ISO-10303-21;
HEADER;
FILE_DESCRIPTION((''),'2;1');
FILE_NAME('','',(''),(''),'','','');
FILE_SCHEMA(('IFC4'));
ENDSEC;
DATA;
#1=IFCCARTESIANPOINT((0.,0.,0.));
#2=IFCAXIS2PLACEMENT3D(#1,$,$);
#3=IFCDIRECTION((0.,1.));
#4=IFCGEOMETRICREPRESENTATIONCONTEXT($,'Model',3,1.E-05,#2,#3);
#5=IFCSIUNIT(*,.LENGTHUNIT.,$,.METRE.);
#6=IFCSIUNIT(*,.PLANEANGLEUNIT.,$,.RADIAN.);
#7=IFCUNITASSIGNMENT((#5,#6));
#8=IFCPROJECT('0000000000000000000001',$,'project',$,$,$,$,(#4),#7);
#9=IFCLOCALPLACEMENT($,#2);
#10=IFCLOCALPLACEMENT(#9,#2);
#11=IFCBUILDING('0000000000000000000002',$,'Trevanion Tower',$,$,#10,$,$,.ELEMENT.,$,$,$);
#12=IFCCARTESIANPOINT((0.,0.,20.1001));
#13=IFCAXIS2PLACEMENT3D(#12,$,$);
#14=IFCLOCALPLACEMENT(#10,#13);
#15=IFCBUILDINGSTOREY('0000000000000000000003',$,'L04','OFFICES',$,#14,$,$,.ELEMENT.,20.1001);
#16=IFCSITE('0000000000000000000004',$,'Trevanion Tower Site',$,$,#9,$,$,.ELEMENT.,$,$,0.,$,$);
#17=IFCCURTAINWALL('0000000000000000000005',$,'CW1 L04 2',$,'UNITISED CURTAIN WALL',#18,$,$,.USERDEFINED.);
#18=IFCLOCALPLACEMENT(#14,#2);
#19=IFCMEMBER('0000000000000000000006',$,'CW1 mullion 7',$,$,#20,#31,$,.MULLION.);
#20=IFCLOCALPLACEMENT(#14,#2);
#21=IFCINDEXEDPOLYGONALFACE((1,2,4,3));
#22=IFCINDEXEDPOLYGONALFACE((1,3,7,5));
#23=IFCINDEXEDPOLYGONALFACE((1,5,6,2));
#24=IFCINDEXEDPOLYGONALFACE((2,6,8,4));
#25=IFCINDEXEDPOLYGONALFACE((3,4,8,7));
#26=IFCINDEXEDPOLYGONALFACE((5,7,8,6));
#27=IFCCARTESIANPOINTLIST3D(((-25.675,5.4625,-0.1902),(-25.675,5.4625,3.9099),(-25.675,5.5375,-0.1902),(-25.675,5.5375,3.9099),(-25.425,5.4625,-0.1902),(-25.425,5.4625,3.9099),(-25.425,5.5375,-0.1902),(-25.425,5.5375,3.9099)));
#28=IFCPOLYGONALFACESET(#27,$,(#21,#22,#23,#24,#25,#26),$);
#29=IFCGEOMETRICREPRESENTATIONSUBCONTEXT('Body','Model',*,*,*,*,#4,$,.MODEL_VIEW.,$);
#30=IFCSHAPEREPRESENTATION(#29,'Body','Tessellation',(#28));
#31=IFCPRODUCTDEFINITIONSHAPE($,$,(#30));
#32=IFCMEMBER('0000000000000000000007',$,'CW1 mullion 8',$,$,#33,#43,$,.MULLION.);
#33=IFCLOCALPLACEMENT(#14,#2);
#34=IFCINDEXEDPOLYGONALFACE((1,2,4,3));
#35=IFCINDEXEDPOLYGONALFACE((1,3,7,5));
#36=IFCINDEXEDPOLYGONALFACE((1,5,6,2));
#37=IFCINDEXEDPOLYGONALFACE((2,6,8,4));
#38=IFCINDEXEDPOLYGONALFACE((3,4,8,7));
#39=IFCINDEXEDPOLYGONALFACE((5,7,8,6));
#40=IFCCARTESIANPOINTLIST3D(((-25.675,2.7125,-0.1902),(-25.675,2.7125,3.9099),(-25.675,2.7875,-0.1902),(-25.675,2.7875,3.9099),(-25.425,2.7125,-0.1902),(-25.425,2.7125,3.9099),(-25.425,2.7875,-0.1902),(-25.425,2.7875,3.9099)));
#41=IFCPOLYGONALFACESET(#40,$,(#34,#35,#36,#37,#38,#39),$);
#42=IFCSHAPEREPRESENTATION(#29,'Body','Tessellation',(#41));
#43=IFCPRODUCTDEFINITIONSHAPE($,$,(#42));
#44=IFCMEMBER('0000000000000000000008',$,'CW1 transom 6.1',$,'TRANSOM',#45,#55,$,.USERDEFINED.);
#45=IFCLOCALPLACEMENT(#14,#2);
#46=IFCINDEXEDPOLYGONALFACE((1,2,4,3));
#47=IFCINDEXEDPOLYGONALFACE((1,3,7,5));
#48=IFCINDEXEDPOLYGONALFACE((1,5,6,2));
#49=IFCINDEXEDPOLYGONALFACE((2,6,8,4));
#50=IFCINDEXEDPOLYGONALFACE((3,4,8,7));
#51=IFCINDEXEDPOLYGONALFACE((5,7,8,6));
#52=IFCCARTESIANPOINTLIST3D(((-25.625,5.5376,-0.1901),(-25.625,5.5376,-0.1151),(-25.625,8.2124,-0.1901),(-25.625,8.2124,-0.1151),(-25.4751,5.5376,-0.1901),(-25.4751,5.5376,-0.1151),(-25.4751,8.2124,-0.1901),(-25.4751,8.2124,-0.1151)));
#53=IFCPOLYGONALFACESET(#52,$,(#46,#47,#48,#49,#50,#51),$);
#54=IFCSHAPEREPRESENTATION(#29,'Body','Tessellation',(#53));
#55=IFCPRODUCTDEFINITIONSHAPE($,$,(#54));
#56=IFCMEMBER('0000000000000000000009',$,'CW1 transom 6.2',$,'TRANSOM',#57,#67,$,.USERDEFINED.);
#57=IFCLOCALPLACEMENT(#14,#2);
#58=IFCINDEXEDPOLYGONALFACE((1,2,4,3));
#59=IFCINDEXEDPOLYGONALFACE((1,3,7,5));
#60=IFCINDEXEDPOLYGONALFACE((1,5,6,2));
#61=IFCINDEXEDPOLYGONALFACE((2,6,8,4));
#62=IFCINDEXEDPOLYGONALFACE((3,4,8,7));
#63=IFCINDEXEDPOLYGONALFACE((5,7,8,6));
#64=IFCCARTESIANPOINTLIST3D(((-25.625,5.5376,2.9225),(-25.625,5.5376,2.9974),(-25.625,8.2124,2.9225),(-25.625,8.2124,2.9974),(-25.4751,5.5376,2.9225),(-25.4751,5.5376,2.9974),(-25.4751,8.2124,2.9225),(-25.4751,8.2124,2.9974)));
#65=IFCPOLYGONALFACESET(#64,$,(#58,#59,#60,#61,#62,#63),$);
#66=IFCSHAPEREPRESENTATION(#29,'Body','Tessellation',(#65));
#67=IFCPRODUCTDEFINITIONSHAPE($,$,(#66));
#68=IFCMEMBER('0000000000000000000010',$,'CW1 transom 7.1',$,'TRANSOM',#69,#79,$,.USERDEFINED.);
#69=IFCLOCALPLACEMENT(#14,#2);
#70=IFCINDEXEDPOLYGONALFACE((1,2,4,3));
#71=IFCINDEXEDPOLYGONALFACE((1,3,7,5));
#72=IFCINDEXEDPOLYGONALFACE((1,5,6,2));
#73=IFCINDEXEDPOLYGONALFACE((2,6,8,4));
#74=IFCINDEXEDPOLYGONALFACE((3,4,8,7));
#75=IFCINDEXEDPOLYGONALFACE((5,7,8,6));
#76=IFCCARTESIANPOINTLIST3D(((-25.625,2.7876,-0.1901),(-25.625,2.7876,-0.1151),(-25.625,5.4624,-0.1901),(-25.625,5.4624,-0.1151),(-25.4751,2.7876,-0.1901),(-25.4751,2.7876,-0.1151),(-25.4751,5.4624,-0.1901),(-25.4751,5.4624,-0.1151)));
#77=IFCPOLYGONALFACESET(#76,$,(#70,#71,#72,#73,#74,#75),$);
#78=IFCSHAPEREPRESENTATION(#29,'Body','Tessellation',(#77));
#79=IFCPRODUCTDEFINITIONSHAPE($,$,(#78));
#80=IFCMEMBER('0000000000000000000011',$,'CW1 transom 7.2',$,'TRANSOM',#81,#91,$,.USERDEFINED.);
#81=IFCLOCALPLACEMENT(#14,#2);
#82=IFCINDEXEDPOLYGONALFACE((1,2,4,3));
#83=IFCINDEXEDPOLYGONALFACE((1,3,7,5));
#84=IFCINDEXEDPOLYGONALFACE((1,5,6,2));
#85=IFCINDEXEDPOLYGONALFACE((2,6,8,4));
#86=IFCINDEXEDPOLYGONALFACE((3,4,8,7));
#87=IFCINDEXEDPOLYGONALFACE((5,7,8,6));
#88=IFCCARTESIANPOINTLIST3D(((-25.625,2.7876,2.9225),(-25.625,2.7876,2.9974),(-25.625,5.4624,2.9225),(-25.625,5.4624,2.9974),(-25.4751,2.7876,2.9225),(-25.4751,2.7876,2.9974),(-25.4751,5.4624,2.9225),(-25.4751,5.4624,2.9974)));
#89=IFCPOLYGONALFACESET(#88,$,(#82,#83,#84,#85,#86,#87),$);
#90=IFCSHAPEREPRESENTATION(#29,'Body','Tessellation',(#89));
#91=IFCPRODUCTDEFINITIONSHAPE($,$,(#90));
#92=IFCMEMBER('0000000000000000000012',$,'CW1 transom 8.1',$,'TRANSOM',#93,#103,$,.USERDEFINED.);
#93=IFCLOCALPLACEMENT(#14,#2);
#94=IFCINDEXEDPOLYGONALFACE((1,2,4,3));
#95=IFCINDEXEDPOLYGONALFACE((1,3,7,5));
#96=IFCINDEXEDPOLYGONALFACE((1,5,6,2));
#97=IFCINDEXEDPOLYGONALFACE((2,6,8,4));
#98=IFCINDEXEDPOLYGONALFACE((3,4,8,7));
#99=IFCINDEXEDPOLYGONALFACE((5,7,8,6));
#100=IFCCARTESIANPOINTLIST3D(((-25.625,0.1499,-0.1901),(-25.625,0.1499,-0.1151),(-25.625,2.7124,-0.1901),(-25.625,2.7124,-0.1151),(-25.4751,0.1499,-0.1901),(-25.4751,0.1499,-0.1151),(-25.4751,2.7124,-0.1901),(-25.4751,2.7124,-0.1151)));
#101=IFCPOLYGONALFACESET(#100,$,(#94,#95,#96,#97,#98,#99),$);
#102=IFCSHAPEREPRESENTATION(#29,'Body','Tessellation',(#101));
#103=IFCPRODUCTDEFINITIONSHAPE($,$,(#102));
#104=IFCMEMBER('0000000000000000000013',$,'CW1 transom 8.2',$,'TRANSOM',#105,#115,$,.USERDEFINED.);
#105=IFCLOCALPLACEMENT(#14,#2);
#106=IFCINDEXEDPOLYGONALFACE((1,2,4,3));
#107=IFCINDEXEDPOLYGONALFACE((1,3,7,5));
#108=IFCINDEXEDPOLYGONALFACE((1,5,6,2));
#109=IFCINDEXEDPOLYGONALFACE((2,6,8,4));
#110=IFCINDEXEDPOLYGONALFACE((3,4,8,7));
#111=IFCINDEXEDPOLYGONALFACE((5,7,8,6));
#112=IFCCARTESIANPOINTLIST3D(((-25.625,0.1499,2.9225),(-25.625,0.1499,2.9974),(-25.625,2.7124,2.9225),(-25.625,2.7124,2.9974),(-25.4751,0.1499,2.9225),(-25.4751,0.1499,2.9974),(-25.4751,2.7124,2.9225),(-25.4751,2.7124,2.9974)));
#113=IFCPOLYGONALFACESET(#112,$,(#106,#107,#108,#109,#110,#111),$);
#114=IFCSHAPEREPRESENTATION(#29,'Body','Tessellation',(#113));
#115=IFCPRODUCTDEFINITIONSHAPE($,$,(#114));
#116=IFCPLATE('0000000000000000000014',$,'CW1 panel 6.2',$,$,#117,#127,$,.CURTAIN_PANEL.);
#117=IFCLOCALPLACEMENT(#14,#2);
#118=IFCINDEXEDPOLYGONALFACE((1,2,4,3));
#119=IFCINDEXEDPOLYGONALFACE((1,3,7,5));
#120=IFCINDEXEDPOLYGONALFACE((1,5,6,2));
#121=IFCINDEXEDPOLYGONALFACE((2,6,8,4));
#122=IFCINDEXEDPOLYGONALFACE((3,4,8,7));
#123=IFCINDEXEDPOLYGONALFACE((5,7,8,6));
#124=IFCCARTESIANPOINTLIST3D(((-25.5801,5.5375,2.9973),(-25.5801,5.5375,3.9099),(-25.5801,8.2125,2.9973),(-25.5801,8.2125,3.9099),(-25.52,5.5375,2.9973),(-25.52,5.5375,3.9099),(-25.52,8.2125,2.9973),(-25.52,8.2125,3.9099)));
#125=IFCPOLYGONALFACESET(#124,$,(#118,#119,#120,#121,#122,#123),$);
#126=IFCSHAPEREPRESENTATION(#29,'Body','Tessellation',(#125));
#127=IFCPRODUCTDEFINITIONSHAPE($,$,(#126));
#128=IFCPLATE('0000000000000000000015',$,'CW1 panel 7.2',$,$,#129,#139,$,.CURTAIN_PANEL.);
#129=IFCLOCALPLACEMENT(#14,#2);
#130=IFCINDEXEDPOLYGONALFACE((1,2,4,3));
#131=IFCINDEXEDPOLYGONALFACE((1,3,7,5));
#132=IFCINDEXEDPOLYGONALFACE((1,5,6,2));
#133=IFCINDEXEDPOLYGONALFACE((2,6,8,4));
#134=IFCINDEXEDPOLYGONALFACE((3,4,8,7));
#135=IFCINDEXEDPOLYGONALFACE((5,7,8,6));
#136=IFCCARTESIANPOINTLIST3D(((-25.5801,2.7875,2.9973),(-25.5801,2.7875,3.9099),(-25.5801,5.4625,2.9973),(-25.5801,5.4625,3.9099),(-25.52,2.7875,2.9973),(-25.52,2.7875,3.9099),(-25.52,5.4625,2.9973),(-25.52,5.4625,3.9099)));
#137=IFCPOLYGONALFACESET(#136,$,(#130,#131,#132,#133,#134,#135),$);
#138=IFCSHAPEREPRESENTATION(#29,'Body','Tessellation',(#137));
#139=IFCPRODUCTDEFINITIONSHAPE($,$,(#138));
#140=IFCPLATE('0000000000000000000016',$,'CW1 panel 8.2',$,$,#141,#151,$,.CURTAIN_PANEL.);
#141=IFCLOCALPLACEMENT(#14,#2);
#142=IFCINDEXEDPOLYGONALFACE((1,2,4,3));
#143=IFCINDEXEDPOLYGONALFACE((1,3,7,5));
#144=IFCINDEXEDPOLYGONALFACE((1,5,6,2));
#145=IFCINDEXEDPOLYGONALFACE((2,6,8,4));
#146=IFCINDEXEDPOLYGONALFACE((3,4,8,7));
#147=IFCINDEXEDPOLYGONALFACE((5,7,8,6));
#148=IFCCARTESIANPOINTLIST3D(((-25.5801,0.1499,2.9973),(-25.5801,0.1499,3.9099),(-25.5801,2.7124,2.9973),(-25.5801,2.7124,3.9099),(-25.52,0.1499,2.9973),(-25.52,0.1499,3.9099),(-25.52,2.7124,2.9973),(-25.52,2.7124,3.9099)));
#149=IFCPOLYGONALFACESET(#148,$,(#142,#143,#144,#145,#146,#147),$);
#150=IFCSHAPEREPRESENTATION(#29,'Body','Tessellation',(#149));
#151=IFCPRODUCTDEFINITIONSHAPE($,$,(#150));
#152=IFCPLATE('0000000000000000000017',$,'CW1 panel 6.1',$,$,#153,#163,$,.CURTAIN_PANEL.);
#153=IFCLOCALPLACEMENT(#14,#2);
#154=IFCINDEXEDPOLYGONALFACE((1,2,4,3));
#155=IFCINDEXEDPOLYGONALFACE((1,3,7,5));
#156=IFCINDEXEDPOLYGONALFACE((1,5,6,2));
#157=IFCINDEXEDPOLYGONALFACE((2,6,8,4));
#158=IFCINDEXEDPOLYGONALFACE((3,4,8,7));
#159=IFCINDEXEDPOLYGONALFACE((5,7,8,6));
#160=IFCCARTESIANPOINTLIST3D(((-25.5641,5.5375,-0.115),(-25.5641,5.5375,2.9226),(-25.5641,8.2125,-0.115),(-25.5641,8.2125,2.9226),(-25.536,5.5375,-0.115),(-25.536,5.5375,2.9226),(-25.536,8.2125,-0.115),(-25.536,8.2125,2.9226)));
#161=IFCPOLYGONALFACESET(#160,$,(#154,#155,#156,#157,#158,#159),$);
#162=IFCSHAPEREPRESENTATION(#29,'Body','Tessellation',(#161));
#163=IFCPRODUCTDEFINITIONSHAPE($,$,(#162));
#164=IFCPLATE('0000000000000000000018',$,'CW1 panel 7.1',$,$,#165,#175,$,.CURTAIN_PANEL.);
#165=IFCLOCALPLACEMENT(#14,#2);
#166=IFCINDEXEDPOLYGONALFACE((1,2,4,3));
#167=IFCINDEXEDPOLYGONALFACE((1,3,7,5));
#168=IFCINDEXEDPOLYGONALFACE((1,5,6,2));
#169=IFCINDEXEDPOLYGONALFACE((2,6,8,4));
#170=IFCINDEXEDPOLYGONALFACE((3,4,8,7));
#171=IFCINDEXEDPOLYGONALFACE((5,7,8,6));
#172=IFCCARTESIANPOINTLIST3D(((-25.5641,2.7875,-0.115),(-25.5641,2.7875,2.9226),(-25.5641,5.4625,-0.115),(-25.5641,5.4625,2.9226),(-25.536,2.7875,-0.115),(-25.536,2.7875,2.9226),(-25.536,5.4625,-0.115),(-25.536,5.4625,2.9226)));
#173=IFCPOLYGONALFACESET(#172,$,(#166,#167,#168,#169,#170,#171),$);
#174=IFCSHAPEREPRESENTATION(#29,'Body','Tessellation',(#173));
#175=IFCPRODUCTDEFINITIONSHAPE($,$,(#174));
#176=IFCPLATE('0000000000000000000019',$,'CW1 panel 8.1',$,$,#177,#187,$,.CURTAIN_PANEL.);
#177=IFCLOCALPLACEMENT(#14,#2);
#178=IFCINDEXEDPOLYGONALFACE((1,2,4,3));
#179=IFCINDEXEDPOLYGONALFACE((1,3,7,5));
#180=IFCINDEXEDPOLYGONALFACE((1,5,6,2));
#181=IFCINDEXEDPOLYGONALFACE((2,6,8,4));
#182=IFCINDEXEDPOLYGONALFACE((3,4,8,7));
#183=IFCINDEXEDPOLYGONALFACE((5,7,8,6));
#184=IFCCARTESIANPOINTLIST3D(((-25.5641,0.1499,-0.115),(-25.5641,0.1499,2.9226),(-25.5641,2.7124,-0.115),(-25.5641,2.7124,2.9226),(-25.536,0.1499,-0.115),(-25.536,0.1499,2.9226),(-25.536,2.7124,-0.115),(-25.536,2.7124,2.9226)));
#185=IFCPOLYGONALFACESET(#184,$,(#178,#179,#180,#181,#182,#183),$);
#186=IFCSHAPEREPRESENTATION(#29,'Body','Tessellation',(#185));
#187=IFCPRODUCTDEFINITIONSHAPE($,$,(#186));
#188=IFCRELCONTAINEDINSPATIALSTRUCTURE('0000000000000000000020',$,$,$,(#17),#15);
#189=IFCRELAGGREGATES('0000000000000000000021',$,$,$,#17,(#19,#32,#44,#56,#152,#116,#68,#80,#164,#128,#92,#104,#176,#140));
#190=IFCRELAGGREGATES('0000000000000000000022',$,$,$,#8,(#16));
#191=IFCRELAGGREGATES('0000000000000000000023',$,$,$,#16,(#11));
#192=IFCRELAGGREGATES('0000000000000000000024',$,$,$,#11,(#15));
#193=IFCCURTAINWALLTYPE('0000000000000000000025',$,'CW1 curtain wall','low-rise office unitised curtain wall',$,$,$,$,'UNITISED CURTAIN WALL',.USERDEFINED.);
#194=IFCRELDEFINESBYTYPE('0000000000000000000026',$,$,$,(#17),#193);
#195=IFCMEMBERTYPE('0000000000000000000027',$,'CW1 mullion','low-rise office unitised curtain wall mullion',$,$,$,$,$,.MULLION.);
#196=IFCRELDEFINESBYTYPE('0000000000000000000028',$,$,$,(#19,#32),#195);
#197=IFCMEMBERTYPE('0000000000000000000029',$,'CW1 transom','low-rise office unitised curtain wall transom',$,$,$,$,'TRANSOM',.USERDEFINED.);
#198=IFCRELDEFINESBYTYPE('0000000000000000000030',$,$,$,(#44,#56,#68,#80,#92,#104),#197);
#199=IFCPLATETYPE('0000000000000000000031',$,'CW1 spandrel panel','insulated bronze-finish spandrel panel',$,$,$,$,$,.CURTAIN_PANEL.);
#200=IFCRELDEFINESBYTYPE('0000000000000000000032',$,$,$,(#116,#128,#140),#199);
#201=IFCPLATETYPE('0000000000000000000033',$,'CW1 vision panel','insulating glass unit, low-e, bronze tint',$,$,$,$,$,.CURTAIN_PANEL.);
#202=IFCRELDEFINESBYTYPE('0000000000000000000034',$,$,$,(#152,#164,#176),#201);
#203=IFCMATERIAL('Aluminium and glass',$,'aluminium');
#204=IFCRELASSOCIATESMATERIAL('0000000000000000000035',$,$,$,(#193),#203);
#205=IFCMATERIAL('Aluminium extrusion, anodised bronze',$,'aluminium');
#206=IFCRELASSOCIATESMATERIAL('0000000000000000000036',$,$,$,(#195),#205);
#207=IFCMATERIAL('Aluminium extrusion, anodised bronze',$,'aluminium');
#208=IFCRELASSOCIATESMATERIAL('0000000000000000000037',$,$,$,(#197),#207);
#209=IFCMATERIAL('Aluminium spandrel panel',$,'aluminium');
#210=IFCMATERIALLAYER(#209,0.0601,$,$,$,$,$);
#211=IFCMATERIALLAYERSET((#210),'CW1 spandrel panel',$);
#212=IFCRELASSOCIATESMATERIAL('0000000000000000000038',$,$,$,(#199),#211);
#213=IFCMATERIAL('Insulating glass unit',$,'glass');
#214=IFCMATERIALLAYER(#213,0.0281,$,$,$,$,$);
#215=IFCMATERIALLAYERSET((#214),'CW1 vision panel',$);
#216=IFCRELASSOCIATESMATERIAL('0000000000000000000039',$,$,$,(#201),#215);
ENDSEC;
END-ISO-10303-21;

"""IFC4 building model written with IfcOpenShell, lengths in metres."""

from ifc_helpers import new_model, si_unit, direction, frame, origin, origin_2d, place, context, subcontext, project, spatial, rectangle, extrude, material, layer, layer_set, material_profile, profile_set, type_object, element, aggregate, save


model = new_model("IFC4")

# Units and contexts
model_context = context("Model", 3, precision=1e-05, world=origin(), true_north=direction((0.0, 1.0)))
body_context = subcontext(model_context, "Body", "Model", "MODEL_VIEW")
ifc_project = project(units=[si_unit("LENGTHUNIT", "METRE"), si_unit("PLANEANGLEUNIT", "RADIAN")], contexts=[model_context])

# Site, building, storey
site_placement = place(None, origin())
site = spatial("IfcSite", under=ifc_project, at=site_placement, Name="Trevanion Tower Site", CompositionType="ELEMENT", RefElevation=0.0)
building_placement = place(site_placement, origin())
building = spatial("IfcBuilding", under=site, at=building_placement, Name="Trevanion Tower", CompositionType="ELEMENT")
storey_placement = place(building_placement, frame((0.0, 0.0, 20.1001)))
storey = spatial("IfcBuildingStorey", under=building, at=storey_placement, Name="L04", Description="OFFICES", CompositionType="ELEMENT", Elevation=20.1001)

# Curtain wall, members, plates
ifc_material_1 = material(Name="Aluminium and glass", Category="aluminium")
curtain_wall_type = type_object("IfcCurtainWallType", Name="CW1 curtain wall", Description="low-rise office unitised curtain wall", ElementType="UNITISED CURTAIN WALL", PredefinedType="USERDEFINED", material=ifc_material_1)
curtain_wall_placement = place(storey_placement, origin())
curtain_wall = element("IfcCurtainWall", 1, at=curtain_wall_placement, inside=storey, type_object=curtain_wall_type, Name="CW1 L04 2", ObjectType="UNITISED CURTAIN WALL", PredefinedType="USERDEFINED")
ifc_material_2 = material(Name="Aluminium extrusion, anodised bronze", Category="aluminium")
ifc_material_profile_1 = material_profile(ifc_material_2, rectangle(XDim=0.075, YDim=0.25, at=origin_2d()), Name="CW1 mullion")
ifc_profile_set_1 = profile_set([ifc_material_profile_1], Name="Aluminium extrusion, anodised bronze")
member_type_1 = type_object("IfcMemberType", Name="CW1 mullion", Description="low-rise office unitised curtain wall mullion", PredefinedType="MULLION", material=ifc_profile_set_1)
member_1_placement = place(storey_placement, frame((-25.55, 5.5, -0.1902), z_axis=(0.0, 0.0, 1.0), x_axis=(0.0, -1.0, 0.0)))
member_1 = element("IfcMember", 2, at=member_1_placement, type_object=member_type_1, Name="CW1 mullion 7", PredefinedType="MULLION", context=body_context, shape_type="SweptSolid", body=[
    extrude(rectangle(XDim=0.075, YDim=0.25, at=origin_2d()), origin(), (0.0, 0.0, 1.0), 4.1001),
])
member_2_placement = place(storey_placement, frame((-25.55, 2.75, -0.1902), z_axis=(0.0, 0.0, 1.0), x_axis=(0.0, -1.0, 0.0)))
member_2 = element("IfcMember", 3, at=member_2_placement, type_object=member_type_1, Name="CW1 mullion 8", PredefinedType="MULLION", context=body_context, shape_type="SweptSolid", body=[
    extrude(rectangle(XDim=0.075, YDim=0.25, at=origin_2d()), origin(), (0.0, 0.0, 1.0), 4.1001),
])
ifc_material_3 = material(Name="Aluminium extrusion, anodised bronze", Category="aluminium")
ifc_material_profile_2 = material_profile(ifc_material_3, rectangle(XDim=0.1499, YDim=0.075, at=origin_2d()), Name="CW1 transom")
ifc_profile_set_2 = profile_set([ifc_material_profile_2], Name="Aluminium extrusion, anodised bronze")
member_type_2 = type_object("IfcMemberType", Name="CW1 transom", Description="low-rise office unitised curtain wall transom", ElementType="TRANSOM", PredefinedType="USERDEFINED", material=ifc_profile_set_2)
member_3_placement = place(storey_placement, frame((-25.55, 8.2124, -0.1526), z_axis=(0.0, -1.0, 0.0), x_axis=(1.0, 0.0, 0.0)))
member_3 = element("IfcMember", 4, at=member_3_placement, type_object=member_type_2, Name="CW1 transom 6.1", ObjectType="TRANSOM", PredefinedType="USERDEFINED", context=body_context, shape_type="SweptSolid", body=[
    extrude(rectangle(XDim=0.1499, YDim=0.075, at=origin_2d()), origin(), (0.0, 0.0, 1.0), 2.6748),
])
member_4_placement = place(storey_placement, frame((-25.55, 8.2124, 2.96), z_axis=(0.0, -1.0, 0.0), x_axis=(1.0, 0.0, 0.0)))
member_4 = element("IfcMember", 5, at=member_4_placement, type_object=member_type_2, Name="CW1 transom 6.2", ObjectType="TRANSOM", PredefinedType="USERDEFINED", context=body_context, shape_type="SweptSolid", body=[
    extrude(rectangle(XDim=0.1499, YDim=0.075, at=origin_2d()), origin(), (0.0, 0.0, 1.0), 2.6748),
])
member_5_placement = place(storey_placement, frame((-25.55, 5.4624, -0.1526), z_axis=(0.0, -1.0, 0.0), x_axis=(1.0, 0.0, 0.0)))
member_5 = element("IfcMember", 6, at=member_5_placement, type_object=member_type_2, Name="CW1 transom 7.1", ObjectType="TRANSOM", PredefinedType="USERDEFINED", context=body_context, shape_type="SweptSolid", body=[
    extrude(rectangle(XDim=0.1499, YDim=0.075, at=origin_2d()), origin(), (0.0, 0.0, 1.0), 2.6748),
])
member_6_placement = place(storey_placement, frame((-25.55, 5.4624, 2.96), z_axis=(0.0, -1.0, 0.0), x_axis=(1.0, 0.0, 0.0)))
member_6 = element("IfcMember", 7, at=member_6_placement, type_object=member_type_2, Name="CW1 transom 7.2", ObjectType="TRANSOM", PredefinedType="USERDEFINED", context=body_context, shape_type="SweptSolid", body=[
    extrude(rectangle(XDim=0.1499, YDim=0.075, at=origin_2d()), origin(), (0.0, 0.0, 1.0), 2.6748),
])
member_7_placement = place(storey_placement, frame((-25.55, 2.7124, -0.1526), z_axis=(0.0, -1.0, 0.0), x_axis=(1.0, 0.0, 0.0)))
member_7 = element("IfcMember", 8, at=member_7_placement, type_object=member_type_2, Name="CW1 transom 8.1", ObjectType="TRANSOM", PredefinedType="USERDEFINED", context=body_context, shape_type="SweptSolid", body=[
    extrude(rectangle(XDim=0.1499, YDim=0.075, at=origin_2d()), origin(), (0.0, 0.0, 1.0), 2.5625),
])
member_8_placement = place(storey_placement, frame((-25.55, 2.7124, 2.96), z_axis=(0.0, -1.0, 0.0), x_axis=(1.0, 0.0, 0.0)))
member_8 = element("IfcMember", 9, at=member_8_placement, type_object=member_type_2, Name="CW1 transom 8.2", ObjectType="TRANSOM", PredefinedType="USERDEFINED", context=body_context, shape_type="SweptSolid", body=[
    extrude(rectangle(XDim=0.1499, YDim=0.075, at=origin_2d()), origin(), (0.0, 0.0, 1.0), 2.5625),
])
ifc_material_4 = material(Name="Aluminium spandrel panel", Category="aluminium")
ifc_layer_1 = layer(ifc_material_4, 0.0601)
ifc_layer_set_1 = layer_set([ifc_layer_1], Name="CW1 spandrel panel")
plate_type_1 = type_object("IfcPlateType", Name="CW1 spandrel panel", Description="insulated bronze-finish spandrel panel", PredefinedType="CURTAIN_PANEL", material=ifc_layer_set_1)
plate_1_placement = place(storey_placement, frame((-25.55, 6.875, 2.9973), z_axis=(0.0, 0.0, 1.0), x_axis=(0.0, -1.0, 0.0)))
plate_1 = element("IfcPlate", 10, at=plate_1_placement, type_object=plate_type_1, Name="CW1 panel 6.2", PredefinedType="CURTAIN_PANEL", context=body_context, shape_type="SweptSolid", body=[
    extrude(rectangle(XDim=2.675, YDim=0.0601, at=origin_2d()), origin(), (0.0, 0.0, 1.0), 0.9126),
])
plate_2_placement = place(storey_placement, frame((-25.55, 4.125, 2.9973), z_axis=(0.0, 0.0, 1.0), x_axis=(0.0, -1.0, 0.0)))
plate_2 = element("IfcPlate", 11, at=plate_2_placement, type_object=plate_type_1, Name="CW1 panel 7.2", PredefinedType="CURTAIN_PANEL", context=body_context, shape_type="SweptSolid", body=[
    extrude(rectangle(XDim=2.675, YDim=0.0601, at=origin_2d()), origin(), (0.0, 0.0, 1.0), 0.9126),
])
plate_3_placement = place(storey_placement, frame((-25.55, 1.4312, 2.9973), z_axis=(0.0, 0.0, 1.0), x_axis=(0.0, -1.0, 0.0)))
plate_3 = element("IfcPlate", 12, at=plate_3_placement, type_object=plate_type_1, Name="CW1 panel 8.2", PredefinedType="CURTAIN_PANEL", context=body_context, shape_type="SweptSolid", body=[
    extrude(rectangle(XDim=2.5625, YDim=0.0601, at=origin_2d()), origin(), (0.0, 0.0, 1.0), 0.9126),
])
ifc_material_5 = material(Name="Insulating glass unit", Category="glass")
ifc_layer_2 = layer(ifc_material_5, 0.0281)
ifc_layer_set_2 = layer_set([ifc_layer_2], Name="CW1 vision panel")
plate_type_2 = type_object("IfcPlateType", Name="CW1 vision panel", Description="insulating glass unit, low-e, bronze tint", PredefinedType="CURTAIN_PANEL", material=ifc_layer_set_2)
plate_4_placement = place(storey_placement, frame((-25.55, 6.875, -0.115), z_axis=(0.0, 0.0, 1.0), x_axis=(0.0, -1.0, 0.0)))
plate_4 = element("IfcPlate", 13, at=plate_4_placement, type_object=plate_type_2, Name="CW1 panel 6.1", PredefinedType="CURTAIN_PANEL", context=body_context, shape_type="SweptSolid", body=[
    extrude(rectangle(XDim=2.675, YDim=0.0281, at=origin_2d()), origin(), (0.0, 0.0, 1.0), 3.0376),
])
plate_5_placement = place(storey_placement, frame((-25.55, 4.125, -0.115), z_axis=(0.0, 0.0, 1.0), x_axis=(0.0, -1.0, 0.0)))
plate_5 = element("IfcPlate", 14, at=plate_5_placement, type_object=plate_type_2, Name="CW1 panel 7.1", PredefinedType="CURTAIN_PANEL", context=body_context, shape_type="SweptSolid", body=[
    extrude(rectangle(XDim=2.675, YDim=0.0281, at=origin_2d()), origin(), (0.0, 0.0, 1.0), 3.0376),
])
plate_6_placement = place(storey_placement, frame((-25.55, 1.4312, -0.115), z_axis=(0.0, 0.0, 1.0), x_axis=(0.0, -1.0, 0.0)))
plate_6 = element("IfcPlate", 15, at=plate_6_placement, type_object=plate_type_2, Name="CW1 panel 8.1", PredefinedType="CURTAIN_PANEL", context=body_context, shape_type="SweptSolid", body=[
    extrude(rectangle(XDim=2.5625, YDim=0.0281, at=origin_2d()), origin(), (0.0, 0.0, 1.0), 3.0376),
])
aggregate(curtain_wall, [member_1, member_2, member_3, member_4, plate_4, plate_1, member_5, member_6, plate_5, plate_2, member_7, member_8, plate_6, plate_3])

save(model, "model.ifc")
